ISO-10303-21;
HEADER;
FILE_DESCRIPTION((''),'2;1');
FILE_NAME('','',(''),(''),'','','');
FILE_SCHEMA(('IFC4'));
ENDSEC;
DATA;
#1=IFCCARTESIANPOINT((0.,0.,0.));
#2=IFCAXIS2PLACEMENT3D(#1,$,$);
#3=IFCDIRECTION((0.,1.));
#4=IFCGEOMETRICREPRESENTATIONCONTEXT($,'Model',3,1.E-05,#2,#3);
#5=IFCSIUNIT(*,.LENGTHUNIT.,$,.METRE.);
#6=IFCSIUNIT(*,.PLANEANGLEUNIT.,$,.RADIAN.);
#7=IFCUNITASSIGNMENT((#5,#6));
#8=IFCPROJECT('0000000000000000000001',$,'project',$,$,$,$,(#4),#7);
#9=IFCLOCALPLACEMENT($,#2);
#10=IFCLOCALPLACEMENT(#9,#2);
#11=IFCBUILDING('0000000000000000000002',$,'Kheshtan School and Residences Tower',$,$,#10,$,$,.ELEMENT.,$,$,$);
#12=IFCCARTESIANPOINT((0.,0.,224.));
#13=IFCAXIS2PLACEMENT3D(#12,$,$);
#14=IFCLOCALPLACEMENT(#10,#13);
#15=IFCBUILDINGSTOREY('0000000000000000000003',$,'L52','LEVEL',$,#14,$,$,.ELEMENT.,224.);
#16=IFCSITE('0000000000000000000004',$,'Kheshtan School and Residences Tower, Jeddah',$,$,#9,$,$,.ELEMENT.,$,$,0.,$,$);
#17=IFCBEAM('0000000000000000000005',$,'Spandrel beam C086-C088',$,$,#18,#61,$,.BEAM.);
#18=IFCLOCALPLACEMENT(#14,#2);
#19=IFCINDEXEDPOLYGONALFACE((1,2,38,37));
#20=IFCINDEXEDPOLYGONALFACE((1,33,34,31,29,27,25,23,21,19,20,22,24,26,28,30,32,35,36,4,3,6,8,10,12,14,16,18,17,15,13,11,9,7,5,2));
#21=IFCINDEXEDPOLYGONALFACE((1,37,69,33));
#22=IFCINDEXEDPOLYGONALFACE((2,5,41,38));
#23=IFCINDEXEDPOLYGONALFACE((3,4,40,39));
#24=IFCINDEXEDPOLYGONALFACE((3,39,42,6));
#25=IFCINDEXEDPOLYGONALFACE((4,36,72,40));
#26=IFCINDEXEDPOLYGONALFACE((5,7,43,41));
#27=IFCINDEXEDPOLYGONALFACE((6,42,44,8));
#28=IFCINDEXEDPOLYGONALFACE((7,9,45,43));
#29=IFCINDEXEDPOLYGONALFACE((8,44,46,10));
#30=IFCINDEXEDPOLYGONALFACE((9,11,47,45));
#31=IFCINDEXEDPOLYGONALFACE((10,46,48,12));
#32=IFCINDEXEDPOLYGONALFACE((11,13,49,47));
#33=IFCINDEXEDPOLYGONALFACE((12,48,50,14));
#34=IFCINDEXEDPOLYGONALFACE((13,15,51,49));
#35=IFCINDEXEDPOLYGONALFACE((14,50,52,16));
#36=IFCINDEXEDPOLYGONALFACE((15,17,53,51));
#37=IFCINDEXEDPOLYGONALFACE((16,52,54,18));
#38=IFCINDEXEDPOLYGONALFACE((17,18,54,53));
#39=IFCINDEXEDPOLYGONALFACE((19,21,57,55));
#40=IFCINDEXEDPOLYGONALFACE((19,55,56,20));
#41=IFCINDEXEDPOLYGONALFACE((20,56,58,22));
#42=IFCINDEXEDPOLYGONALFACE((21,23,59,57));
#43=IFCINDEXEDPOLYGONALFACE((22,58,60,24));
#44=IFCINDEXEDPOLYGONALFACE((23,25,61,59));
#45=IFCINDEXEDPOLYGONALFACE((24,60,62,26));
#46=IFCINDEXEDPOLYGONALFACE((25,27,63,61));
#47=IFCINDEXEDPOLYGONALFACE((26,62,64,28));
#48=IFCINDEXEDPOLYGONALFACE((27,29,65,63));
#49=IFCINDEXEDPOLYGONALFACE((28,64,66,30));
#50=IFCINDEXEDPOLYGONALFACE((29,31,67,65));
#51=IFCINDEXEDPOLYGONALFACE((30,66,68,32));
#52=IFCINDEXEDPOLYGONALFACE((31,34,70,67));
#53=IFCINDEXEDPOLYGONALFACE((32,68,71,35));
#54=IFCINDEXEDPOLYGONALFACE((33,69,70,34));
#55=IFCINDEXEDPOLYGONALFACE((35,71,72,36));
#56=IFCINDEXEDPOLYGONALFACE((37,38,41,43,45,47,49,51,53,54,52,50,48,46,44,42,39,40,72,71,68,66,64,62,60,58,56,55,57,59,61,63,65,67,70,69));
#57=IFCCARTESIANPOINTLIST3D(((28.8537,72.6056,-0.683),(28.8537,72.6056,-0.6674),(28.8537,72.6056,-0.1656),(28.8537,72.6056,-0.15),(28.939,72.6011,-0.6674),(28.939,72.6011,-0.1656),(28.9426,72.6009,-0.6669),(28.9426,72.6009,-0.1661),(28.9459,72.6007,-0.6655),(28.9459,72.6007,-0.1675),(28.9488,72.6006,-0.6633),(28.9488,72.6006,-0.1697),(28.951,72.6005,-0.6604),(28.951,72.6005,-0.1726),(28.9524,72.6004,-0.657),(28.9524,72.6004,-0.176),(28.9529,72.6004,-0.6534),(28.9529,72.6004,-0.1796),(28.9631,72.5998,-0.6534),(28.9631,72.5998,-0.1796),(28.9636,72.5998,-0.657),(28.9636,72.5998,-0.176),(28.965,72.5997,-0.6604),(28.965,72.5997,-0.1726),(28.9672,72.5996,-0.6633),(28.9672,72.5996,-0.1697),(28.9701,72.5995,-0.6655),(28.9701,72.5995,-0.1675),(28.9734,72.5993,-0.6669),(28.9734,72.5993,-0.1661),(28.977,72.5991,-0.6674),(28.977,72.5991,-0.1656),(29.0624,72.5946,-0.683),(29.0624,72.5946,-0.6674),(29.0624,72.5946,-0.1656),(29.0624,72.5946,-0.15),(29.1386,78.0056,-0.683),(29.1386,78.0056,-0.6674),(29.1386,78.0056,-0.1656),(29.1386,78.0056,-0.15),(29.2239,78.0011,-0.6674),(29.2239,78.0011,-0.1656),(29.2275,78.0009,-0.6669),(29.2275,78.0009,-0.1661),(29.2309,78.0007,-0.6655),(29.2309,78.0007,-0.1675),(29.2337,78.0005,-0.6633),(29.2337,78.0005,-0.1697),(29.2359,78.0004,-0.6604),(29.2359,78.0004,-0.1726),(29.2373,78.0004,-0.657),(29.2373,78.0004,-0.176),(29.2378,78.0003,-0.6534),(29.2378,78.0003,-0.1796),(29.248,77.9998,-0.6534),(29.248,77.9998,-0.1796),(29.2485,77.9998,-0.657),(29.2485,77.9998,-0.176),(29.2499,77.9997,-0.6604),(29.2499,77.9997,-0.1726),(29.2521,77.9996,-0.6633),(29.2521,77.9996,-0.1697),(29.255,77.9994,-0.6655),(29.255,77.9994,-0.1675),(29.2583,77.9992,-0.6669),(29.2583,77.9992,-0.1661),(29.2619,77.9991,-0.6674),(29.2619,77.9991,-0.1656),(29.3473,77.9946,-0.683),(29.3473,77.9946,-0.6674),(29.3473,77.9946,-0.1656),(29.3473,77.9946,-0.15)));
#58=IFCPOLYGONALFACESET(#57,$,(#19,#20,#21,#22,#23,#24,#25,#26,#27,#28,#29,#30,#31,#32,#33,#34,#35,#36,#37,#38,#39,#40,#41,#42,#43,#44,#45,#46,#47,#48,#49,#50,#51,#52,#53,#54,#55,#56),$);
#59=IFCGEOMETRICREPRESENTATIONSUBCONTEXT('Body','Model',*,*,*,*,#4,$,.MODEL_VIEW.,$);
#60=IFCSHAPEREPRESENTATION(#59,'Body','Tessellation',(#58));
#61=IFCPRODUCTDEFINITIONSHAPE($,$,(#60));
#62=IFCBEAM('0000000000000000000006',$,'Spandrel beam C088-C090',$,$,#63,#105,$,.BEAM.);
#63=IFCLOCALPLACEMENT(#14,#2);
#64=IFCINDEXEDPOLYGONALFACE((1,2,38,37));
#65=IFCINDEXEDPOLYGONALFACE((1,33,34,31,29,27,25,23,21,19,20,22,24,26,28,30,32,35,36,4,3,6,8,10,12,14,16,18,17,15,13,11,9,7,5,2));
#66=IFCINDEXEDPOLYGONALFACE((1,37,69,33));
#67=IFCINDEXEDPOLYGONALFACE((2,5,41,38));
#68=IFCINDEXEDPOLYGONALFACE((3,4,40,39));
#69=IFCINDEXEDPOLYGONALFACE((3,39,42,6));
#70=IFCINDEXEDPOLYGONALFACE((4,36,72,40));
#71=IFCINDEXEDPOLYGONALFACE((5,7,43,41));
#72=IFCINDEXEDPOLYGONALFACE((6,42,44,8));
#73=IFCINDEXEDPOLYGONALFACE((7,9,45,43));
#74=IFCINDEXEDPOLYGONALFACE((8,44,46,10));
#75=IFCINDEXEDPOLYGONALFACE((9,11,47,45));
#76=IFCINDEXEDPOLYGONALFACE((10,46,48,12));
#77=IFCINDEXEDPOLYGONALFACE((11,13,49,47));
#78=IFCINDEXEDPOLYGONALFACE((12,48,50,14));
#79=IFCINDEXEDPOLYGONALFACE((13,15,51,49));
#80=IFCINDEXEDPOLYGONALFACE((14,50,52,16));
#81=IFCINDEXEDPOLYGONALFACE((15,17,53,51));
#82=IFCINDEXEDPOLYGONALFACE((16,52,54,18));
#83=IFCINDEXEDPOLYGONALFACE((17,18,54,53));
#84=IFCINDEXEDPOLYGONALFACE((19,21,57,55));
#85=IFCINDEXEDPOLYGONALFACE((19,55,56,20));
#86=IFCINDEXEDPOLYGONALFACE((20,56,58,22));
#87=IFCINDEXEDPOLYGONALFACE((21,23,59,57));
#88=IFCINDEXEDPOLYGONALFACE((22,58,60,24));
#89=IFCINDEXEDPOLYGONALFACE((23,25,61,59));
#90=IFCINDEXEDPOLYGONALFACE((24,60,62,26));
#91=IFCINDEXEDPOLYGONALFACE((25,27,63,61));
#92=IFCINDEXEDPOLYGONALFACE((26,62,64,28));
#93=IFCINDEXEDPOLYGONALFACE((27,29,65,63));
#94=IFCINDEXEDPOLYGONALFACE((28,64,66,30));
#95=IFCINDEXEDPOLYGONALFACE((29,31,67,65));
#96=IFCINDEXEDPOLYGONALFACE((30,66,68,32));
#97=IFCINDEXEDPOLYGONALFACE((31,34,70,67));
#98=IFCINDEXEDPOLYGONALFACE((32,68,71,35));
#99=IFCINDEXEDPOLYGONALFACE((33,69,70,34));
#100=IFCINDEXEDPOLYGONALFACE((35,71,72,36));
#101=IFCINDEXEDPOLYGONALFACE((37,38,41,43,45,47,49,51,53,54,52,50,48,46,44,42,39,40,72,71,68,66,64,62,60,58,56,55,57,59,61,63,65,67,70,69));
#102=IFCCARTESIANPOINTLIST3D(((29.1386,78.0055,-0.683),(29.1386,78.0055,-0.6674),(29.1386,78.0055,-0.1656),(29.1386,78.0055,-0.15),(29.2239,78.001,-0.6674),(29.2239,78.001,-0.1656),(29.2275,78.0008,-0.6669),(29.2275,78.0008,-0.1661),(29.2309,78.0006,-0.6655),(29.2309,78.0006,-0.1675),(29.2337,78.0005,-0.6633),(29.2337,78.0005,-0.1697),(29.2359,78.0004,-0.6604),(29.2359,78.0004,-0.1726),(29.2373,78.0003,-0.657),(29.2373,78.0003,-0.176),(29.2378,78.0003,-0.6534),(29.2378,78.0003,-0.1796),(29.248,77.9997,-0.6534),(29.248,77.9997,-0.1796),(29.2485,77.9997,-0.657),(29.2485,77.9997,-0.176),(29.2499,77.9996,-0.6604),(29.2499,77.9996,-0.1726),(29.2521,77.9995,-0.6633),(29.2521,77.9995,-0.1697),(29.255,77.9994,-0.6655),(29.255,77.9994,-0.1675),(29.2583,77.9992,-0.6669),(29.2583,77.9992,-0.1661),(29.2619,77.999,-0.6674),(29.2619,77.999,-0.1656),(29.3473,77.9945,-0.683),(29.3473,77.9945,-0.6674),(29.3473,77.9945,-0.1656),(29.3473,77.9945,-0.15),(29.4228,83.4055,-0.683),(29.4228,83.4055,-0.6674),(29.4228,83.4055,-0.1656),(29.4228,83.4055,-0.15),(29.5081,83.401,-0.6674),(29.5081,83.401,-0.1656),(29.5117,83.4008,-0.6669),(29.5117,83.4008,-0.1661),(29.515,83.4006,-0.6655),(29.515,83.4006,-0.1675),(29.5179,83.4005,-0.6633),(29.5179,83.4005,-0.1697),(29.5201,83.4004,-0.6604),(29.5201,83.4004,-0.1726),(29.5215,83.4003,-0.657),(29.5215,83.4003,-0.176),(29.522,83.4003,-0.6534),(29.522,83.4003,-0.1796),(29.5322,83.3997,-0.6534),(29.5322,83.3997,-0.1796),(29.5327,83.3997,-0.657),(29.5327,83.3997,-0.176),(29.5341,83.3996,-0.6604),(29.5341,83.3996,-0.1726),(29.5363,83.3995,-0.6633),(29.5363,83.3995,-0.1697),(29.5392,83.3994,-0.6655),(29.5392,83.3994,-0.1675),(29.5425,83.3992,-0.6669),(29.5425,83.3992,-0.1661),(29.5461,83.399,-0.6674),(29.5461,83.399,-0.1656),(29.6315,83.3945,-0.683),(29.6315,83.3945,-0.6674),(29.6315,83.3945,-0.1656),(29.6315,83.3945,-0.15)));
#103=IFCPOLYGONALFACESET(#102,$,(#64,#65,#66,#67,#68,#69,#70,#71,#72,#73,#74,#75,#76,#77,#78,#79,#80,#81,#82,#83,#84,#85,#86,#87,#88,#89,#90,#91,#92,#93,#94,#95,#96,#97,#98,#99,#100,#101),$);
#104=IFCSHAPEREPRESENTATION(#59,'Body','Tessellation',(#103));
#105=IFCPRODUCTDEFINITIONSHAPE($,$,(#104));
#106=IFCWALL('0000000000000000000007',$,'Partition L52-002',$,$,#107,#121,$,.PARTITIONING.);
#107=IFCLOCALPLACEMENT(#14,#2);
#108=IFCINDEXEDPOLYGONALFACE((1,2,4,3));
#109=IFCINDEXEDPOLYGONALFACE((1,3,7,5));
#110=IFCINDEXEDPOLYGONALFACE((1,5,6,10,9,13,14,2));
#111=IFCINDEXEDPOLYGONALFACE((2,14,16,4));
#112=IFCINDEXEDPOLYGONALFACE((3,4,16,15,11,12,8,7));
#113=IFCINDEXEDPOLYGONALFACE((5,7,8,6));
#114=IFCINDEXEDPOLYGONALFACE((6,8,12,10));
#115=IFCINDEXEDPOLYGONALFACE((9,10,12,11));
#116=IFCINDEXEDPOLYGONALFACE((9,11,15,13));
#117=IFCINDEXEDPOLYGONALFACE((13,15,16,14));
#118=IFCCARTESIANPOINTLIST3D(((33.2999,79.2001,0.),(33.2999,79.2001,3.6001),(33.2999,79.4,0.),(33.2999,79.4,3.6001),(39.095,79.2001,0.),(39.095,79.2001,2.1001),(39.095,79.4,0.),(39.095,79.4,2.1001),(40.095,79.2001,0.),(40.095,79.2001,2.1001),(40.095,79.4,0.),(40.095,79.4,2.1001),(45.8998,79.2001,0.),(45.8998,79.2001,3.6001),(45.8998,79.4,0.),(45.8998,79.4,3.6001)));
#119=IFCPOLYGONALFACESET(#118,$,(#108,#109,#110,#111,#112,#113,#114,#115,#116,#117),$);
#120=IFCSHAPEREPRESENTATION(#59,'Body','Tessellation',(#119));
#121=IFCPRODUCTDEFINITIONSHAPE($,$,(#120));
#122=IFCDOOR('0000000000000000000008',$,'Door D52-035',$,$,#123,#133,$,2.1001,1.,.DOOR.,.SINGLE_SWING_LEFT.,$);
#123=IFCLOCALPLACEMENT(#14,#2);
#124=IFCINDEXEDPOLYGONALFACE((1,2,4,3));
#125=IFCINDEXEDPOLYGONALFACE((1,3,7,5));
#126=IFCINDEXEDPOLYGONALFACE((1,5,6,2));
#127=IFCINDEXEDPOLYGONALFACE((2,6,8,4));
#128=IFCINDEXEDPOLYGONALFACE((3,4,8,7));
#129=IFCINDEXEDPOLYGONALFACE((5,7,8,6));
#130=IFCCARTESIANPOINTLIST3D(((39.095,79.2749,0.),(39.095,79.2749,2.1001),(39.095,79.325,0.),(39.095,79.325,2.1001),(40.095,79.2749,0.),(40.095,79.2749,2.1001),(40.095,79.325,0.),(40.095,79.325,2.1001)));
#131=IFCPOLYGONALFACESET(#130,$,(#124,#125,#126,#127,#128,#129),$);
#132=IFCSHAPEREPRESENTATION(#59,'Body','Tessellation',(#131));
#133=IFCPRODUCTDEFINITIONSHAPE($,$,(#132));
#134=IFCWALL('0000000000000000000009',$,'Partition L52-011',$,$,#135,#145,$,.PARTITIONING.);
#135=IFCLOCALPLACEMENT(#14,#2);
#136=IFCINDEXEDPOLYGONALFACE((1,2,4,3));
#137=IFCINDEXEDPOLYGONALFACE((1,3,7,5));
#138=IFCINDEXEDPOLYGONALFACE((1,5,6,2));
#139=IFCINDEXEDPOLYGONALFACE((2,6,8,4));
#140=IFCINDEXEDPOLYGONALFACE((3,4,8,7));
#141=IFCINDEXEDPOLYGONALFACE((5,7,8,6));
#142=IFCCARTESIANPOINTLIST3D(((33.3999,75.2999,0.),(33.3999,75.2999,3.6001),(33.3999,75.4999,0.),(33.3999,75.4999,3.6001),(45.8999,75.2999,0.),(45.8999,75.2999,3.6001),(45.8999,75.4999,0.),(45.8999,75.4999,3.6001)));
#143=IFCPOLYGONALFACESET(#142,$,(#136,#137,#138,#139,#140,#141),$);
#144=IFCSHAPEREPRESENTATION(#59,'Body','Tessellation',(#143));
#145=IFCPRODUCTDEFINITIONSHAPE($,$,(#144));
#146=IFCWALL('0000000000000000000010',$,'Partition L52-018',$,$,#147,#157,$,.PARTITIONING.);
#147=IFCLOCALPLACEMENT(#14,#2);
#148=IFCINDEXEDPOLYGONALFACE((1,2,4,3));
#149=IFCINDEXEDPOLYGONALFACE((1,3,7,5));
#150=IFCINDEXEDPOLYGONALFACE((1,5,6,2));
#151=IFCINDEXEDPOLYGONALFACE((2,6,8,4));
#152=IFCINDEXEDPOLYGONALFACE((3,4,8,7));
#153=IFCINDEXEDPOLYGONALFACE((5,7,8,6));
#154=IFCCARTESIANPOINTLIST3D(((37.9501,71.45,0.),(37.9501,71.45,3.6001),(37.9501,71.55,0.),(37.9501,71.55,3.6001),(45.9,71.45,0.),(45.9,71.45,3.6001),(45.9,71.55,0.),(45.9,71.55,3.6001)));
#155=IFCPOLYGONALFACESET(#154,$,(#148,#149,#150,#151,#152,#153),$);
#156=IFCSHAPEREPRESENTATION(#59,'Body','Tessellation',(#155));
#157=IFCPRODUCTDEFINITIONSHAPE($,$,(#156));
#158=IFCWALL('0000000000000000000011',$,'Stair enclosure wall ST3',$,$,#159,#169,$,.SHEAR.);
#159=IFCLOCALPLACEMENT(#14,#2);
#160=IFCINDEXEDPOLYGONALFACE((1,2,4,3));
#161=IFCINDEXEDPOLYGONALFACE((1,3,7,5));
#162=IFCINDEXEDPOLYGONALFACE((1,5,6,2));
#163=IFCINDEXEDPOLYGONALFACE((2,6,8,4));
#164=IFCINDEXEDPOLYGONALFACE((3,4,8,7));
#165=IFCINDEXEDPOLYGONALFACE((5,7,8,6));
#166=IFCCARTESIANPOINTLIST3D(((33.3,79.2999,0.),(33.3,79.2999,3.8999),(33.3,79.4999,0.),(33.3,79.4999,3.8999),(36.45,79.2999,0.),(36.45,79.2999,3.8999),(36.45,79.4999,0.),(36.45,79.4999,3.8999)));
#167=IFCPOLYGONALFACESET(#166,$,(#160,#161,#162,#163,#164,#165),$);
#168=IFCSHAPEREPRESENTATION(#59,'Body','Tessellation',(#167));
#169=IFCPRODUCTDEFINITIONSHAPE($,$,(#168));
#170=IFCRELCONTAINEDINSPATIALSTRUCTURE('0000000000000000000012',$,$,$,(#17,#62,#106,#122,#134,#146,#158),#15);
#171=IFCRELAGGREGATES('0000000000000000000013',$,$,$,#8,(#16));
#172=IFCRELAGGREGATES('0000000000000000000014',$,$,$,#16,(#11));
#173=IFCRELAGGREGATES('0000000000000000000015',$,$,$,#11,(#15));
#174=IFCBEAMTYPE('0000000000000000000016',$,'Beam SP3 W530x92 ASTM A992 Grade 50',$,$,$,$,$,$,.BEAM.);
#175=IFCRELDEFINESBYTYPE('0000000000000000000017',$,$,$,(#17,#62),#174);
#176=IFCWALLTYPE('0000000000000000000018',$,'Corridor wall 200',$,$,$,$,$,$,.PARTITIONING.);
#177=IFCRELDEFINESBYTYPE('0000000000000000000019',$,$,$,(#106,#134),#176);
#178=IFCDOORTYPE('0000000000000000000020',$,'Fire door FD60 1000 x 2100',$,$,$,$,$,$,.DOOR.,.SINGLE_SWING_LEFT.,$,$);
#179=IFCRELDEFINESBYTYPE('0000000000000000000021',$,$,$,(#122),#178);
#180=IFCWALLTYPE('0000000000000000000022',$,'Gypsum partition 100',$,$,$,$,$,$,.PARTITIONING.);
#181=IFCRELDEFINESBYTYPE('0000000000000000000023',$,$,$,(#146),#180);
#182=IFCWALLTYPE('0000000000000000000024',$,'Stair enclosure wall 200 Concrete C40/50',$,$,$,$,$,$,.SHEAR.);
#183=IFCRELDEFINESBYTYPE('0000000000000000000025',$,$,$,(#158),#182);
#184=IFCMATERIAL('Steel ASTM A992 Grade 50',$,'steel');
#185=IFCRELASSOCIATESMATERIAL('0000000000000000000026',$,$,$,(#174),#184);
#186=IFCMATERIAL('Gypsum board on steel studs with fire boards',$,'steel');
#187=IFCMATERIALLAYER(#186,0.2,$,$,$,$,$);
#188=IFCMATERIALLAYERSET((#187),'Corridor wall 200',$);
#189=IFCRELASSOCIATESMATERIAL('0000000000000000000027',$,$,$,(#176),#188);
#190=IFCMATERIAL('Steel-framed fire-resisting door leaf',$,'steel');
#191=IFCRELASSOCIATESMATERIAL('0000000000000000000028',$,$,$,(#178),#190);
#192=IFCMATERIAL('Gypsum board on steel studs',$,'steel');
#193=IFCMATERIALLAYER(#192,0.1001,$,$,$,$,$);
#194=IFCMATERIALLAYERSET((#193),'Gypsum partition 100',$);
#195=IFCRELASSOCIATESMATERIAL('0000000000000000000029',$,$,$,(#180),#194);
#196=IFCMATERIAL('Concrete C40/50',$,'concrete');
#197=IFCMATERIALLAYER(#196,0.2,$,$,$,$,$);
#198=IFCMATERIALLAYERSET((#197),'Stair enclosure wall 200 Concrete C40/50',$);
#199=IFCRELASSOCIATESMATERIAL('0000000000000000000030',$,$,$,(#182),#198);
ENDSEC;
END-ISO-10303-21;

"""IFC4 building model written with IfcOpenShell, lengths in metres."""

from ifc_helpers import new_model, si_unit, direction, frame, frame_2d, origin, origin_2d, place, context, subcontext, project, spatial, rectangle, i_section, extrude, source, transform, mapped, material, layer, layer_set, material_profile, profile_set, type_object, element, fill, save


model = new_model("IFC4")

# Units and contexts
model_context = context("Model", 3, precision=1e-05, world=origin(), true_north=direction((0.0, 1.0)))
body_context = subcontext(model_context, "Body", "Model", "MODEL_VIEW")
ifc_project = project(units=[si_unit("LENGTHUNIT", "METRE"), si_unit("PLANEANGLEUNIT", "RADIAN")], contexts=[model_context])

# Site, building, storey
site_placement = place(None, origin())
site = spatial("IfcSite", under=ifc_project, at=site_placement, Name="Kheshtan School and Residences Tower, Jeddah", CompositionType="ELEMENT", RefElevation=0.0)
building_placement = place(site_placement, origin())
building = spatial("IfcBuilding", under=site, at=building_placement, Name="Kheshtan School and Residences Tower", CompositionType="ELEMENT")
storey_placement = place(building_placement, frame((0.0, 0.0, 224.0)))
storey = spatial("IfcBuildingStorey", under=building, at=storey_placement, Name="L52", Description="LEVEL", CompositionType="ELEMENT", Elevation=224.0)

# Shared definitions
ifc_material_1 = material(Name="Steel ASTM A992 Grade 50", Category="steel")

# Beams
ifc_material_profile_1 = material_profile(ifc_material_1, i_section(OverallWidth=0.209, OverallDepth=0.533, WebThickness=0.0103, FlangeThickness=0.0156, FilletRadius=0.0139, at=origin_2d()), Name="W530x92")
ifc_profile_set_1 = profile_set([ifc_material_profile_1], Name="Steel ASTM A992 Grade 50")
beam_type_1 = type_object("IfcBeamType", Name="Beam SP3 W530x92 ASTM A992 Grade 50", PredefinedType="BEAM", material=ifc_profile_set_1)
for number, where, z_axis, x_axis, name in (
    (1, (28.958, 72.6001, -0.4165), (0.052689, 0.998611, 0.0), (-0.998611, 0.052689, 0.0), "Spandrel beam C086-C088"),
    (2, (29.2429, 78.0, -0.4165), (0.052554, 0.998618, 0.0), (-0.998618, 0.052554, 0.0), "Spandrel beam C088-C090"),
):
    element("IfcBeam", number, at=place(storey_placement, frame(where, z_axis=z_axis, x_axis=x_axis)), inside=storey, type_object=beam_type_1, Name=name, PredefinedType="BEAM", context=body_context, shape_type="SweptSolid", body=[
        extrude(i_section(OverallWidth=0.209, OverallDepth=0.533, WebThickness=0.0103, FlangeThickness=0.0156, FilletRadius=0.0139, at=origin_2d()), origin(), (0.0, 0.0, 1.0), 5.4075),
    ])

# Wall, opening, door
ifc_material_2 = material(Name="Gypsum board on steel studs with fire boards", Category="steel")
ifc_layer_1 = layer(ifc_material_2, 0.2)
ifc_layer_set_1 = layer_set([ifc_layer_1], Name="Corridor wall 200")
wall_type_1 = type_object("IfcWallType", Name="Corridor wall 200", PredefinedType="PARTITIONING", material=ifc_layer_set_1)
wall_1_placement = place(storey_placement, frame((33.3, 79.3, 0.0), z_axis=(0.0, 0.0, 1.0), x_axis=(1.0, 0.0, 0.0)))
wall_1 = element("IfcWall", 3, at=wall_1_placement, inside=storey, type_object=wall_type_1, Name="Partition L52-002", PredefinedType="PARTITIONING", context=body_context, shape_type="SweptSolid", body=[
    extrude(rectangle(XDim=12.5999, YDim=0.2, at=frame_2d((6.2998, 0.0))), origin(), (0.0, 0.0, 1.0), 3.6001),
])
opening_1_placement = place(wall_1_placement, frame((5.7949, 0.0, 0.0)))
opening_1 = element("IfcOpeningElement", 4, at=opening_1_placement, cuts=wall_1, PredefinedType="OPENING", context=body_context, shape_type="SweptSolid", body=[
    extrude(rectangle(XDim=1.0, YDim=2.1001, at=frame_2d((0.5, 1.05))), frame((0.0, 0.1099, 0.0), z_axis=(0.0, -1.0, 0.0), x_axis=(1.0, 0.0, 0.0)), (0.0, 0.0, 1.0), 0.22),
])
ifc_material_3 = material(Name="Steel-framed fire-resisting door leaf", Category="steel")
door_type_1 = type_object("IfcDoorType", Name="Fire door FD60 1000 x 2100", OperationType="SINGLE_SWING_LEFT", PredefinedType="DOOR", material=ifc_material_3)
shared_shape_1 = source(origin(), body_context, "Body", "SweptSolid", [
    extrude(rectangle(XDim=1.0, YDim=2.1001, at=frame_2d((0.5, 1.05))), frame((0.0, 0.0249, 0.0), z_axis=(0.0, -1.0, 0.0), x_axis=(1.0, 0.0, 0.0)), (0.0, 0.0, 1.0), 0.05),
])
door_1_placement = place(opening_1_placement, origin())
door_1 = element("IfcDoor", 5, at=door_1_placement, inside=storey, type_object=door_type_1, Name="Door D52-035", OperationType="SINGLE_SWING_LEFT", OverallHeight=2.1001, OverallWidth=1.0, PredefinedType="DOOR", context=body_context, shape_type="MappedRepresentation", body=[
    mapped(shared_shape_1, transform((0.0, 0.0, 0.0), x_axis=(1.0, 0.0, 0.0), y_axis=(0.0, 1.0, 0.0), z_axis=(0.0, 0.0, 1.0), scale=1.0)),
])
fill(opening_1, door_1)

# Walls
wall_2_placement = place(storey_placement, frame((33.3999, 75.3999, 0.0), z_axis=(0.0, 0.0, 1.0), x_axis=(1.0, 0.0, 0.0)))
element("IfcWall", 6, at=wall_2_placement, inside=storey, type_object=wall_type_1, Name="Partition L52-011", PredefinedType="PARTITIONING", context=body_context, shape_type="SweptSolid", body=[
    extrude(rectangle(XDim=12.5, YDim=0.2, at=frame_2d((6.25, 0.0))), origin(), (0.0, 0.0, 1.0), 3.6001),
])
ifc_material_4 = material(Name="Gypsum board on steel studs", Category="steel")
ifc_layer_2 = layer(ifc_material_4, 0.1001)
ifc_layer_set_2 = layer_set([ifc_layer_2], Name="Gypsum partition 100")
wall_type_2 = type_object("IfcWallType", Name="Gypsum partition 100", PredefinedType="PARTITIONING", material=ifc_layer_set_2)
wall_3_placement = place(storey_placement, frame((37.95, 71.5, 0.0), z_axis=(0.0, 0.0, 1.0), x_axis=(1.0, 0.0, 0.0)))
element("IfcWall", 7, at=wall_3_placement, inside=storey, type_object=wall_type_2, Name="Partition L52-018", PredefinedType="PARTITIONING", context=body_context, shape_type="SweptSolid", body=[
    extrude(rectangle(XDim=7.95, YDim=0.1001, at=frame_2d((3.9751, 0.0))), origin(), (0.0, 0.0, 1.0), 3.6001),
])
ifc_material_5 = material(Name="Concrete C40/50", Category="concrete")
ifc_layer_3 = layer(ifc_material_5, 0.2)
ifc_layer_set_3 = layer_set([ifc_layer_3], Name="Stair enclosure wall 200 Concrete C40/50")
wall_type_3 = type_object("IfcWallType", Name="Stair enclosure wall 200 Concrete C40/50", PredefinedType="SHEAR", material=ifc_layer_set_3)
wall_4_placement = place(storey_placement, frame((33.3, 79.3999, 0.0), z_axis=(0.0, 0.0, 1.0), x_axis=(1.0, 0.0, 0.0)))
element("IfcWall", 8, at=wall_4_placement, inside=storey, type_object=wall_type_3, Name="Stair enclosure wall ST3", PredefinedType="SHEAR", context=body_context, shape_type="SweptSolid", body=[
    extrude(rectangle(XDim=3.1499, YDim=0.2, at=frame_2d((1.575, 0.0))), origin(), (0.0, 0.0, 1.0), 3.8999),
])

save(model, "model.ifc")
